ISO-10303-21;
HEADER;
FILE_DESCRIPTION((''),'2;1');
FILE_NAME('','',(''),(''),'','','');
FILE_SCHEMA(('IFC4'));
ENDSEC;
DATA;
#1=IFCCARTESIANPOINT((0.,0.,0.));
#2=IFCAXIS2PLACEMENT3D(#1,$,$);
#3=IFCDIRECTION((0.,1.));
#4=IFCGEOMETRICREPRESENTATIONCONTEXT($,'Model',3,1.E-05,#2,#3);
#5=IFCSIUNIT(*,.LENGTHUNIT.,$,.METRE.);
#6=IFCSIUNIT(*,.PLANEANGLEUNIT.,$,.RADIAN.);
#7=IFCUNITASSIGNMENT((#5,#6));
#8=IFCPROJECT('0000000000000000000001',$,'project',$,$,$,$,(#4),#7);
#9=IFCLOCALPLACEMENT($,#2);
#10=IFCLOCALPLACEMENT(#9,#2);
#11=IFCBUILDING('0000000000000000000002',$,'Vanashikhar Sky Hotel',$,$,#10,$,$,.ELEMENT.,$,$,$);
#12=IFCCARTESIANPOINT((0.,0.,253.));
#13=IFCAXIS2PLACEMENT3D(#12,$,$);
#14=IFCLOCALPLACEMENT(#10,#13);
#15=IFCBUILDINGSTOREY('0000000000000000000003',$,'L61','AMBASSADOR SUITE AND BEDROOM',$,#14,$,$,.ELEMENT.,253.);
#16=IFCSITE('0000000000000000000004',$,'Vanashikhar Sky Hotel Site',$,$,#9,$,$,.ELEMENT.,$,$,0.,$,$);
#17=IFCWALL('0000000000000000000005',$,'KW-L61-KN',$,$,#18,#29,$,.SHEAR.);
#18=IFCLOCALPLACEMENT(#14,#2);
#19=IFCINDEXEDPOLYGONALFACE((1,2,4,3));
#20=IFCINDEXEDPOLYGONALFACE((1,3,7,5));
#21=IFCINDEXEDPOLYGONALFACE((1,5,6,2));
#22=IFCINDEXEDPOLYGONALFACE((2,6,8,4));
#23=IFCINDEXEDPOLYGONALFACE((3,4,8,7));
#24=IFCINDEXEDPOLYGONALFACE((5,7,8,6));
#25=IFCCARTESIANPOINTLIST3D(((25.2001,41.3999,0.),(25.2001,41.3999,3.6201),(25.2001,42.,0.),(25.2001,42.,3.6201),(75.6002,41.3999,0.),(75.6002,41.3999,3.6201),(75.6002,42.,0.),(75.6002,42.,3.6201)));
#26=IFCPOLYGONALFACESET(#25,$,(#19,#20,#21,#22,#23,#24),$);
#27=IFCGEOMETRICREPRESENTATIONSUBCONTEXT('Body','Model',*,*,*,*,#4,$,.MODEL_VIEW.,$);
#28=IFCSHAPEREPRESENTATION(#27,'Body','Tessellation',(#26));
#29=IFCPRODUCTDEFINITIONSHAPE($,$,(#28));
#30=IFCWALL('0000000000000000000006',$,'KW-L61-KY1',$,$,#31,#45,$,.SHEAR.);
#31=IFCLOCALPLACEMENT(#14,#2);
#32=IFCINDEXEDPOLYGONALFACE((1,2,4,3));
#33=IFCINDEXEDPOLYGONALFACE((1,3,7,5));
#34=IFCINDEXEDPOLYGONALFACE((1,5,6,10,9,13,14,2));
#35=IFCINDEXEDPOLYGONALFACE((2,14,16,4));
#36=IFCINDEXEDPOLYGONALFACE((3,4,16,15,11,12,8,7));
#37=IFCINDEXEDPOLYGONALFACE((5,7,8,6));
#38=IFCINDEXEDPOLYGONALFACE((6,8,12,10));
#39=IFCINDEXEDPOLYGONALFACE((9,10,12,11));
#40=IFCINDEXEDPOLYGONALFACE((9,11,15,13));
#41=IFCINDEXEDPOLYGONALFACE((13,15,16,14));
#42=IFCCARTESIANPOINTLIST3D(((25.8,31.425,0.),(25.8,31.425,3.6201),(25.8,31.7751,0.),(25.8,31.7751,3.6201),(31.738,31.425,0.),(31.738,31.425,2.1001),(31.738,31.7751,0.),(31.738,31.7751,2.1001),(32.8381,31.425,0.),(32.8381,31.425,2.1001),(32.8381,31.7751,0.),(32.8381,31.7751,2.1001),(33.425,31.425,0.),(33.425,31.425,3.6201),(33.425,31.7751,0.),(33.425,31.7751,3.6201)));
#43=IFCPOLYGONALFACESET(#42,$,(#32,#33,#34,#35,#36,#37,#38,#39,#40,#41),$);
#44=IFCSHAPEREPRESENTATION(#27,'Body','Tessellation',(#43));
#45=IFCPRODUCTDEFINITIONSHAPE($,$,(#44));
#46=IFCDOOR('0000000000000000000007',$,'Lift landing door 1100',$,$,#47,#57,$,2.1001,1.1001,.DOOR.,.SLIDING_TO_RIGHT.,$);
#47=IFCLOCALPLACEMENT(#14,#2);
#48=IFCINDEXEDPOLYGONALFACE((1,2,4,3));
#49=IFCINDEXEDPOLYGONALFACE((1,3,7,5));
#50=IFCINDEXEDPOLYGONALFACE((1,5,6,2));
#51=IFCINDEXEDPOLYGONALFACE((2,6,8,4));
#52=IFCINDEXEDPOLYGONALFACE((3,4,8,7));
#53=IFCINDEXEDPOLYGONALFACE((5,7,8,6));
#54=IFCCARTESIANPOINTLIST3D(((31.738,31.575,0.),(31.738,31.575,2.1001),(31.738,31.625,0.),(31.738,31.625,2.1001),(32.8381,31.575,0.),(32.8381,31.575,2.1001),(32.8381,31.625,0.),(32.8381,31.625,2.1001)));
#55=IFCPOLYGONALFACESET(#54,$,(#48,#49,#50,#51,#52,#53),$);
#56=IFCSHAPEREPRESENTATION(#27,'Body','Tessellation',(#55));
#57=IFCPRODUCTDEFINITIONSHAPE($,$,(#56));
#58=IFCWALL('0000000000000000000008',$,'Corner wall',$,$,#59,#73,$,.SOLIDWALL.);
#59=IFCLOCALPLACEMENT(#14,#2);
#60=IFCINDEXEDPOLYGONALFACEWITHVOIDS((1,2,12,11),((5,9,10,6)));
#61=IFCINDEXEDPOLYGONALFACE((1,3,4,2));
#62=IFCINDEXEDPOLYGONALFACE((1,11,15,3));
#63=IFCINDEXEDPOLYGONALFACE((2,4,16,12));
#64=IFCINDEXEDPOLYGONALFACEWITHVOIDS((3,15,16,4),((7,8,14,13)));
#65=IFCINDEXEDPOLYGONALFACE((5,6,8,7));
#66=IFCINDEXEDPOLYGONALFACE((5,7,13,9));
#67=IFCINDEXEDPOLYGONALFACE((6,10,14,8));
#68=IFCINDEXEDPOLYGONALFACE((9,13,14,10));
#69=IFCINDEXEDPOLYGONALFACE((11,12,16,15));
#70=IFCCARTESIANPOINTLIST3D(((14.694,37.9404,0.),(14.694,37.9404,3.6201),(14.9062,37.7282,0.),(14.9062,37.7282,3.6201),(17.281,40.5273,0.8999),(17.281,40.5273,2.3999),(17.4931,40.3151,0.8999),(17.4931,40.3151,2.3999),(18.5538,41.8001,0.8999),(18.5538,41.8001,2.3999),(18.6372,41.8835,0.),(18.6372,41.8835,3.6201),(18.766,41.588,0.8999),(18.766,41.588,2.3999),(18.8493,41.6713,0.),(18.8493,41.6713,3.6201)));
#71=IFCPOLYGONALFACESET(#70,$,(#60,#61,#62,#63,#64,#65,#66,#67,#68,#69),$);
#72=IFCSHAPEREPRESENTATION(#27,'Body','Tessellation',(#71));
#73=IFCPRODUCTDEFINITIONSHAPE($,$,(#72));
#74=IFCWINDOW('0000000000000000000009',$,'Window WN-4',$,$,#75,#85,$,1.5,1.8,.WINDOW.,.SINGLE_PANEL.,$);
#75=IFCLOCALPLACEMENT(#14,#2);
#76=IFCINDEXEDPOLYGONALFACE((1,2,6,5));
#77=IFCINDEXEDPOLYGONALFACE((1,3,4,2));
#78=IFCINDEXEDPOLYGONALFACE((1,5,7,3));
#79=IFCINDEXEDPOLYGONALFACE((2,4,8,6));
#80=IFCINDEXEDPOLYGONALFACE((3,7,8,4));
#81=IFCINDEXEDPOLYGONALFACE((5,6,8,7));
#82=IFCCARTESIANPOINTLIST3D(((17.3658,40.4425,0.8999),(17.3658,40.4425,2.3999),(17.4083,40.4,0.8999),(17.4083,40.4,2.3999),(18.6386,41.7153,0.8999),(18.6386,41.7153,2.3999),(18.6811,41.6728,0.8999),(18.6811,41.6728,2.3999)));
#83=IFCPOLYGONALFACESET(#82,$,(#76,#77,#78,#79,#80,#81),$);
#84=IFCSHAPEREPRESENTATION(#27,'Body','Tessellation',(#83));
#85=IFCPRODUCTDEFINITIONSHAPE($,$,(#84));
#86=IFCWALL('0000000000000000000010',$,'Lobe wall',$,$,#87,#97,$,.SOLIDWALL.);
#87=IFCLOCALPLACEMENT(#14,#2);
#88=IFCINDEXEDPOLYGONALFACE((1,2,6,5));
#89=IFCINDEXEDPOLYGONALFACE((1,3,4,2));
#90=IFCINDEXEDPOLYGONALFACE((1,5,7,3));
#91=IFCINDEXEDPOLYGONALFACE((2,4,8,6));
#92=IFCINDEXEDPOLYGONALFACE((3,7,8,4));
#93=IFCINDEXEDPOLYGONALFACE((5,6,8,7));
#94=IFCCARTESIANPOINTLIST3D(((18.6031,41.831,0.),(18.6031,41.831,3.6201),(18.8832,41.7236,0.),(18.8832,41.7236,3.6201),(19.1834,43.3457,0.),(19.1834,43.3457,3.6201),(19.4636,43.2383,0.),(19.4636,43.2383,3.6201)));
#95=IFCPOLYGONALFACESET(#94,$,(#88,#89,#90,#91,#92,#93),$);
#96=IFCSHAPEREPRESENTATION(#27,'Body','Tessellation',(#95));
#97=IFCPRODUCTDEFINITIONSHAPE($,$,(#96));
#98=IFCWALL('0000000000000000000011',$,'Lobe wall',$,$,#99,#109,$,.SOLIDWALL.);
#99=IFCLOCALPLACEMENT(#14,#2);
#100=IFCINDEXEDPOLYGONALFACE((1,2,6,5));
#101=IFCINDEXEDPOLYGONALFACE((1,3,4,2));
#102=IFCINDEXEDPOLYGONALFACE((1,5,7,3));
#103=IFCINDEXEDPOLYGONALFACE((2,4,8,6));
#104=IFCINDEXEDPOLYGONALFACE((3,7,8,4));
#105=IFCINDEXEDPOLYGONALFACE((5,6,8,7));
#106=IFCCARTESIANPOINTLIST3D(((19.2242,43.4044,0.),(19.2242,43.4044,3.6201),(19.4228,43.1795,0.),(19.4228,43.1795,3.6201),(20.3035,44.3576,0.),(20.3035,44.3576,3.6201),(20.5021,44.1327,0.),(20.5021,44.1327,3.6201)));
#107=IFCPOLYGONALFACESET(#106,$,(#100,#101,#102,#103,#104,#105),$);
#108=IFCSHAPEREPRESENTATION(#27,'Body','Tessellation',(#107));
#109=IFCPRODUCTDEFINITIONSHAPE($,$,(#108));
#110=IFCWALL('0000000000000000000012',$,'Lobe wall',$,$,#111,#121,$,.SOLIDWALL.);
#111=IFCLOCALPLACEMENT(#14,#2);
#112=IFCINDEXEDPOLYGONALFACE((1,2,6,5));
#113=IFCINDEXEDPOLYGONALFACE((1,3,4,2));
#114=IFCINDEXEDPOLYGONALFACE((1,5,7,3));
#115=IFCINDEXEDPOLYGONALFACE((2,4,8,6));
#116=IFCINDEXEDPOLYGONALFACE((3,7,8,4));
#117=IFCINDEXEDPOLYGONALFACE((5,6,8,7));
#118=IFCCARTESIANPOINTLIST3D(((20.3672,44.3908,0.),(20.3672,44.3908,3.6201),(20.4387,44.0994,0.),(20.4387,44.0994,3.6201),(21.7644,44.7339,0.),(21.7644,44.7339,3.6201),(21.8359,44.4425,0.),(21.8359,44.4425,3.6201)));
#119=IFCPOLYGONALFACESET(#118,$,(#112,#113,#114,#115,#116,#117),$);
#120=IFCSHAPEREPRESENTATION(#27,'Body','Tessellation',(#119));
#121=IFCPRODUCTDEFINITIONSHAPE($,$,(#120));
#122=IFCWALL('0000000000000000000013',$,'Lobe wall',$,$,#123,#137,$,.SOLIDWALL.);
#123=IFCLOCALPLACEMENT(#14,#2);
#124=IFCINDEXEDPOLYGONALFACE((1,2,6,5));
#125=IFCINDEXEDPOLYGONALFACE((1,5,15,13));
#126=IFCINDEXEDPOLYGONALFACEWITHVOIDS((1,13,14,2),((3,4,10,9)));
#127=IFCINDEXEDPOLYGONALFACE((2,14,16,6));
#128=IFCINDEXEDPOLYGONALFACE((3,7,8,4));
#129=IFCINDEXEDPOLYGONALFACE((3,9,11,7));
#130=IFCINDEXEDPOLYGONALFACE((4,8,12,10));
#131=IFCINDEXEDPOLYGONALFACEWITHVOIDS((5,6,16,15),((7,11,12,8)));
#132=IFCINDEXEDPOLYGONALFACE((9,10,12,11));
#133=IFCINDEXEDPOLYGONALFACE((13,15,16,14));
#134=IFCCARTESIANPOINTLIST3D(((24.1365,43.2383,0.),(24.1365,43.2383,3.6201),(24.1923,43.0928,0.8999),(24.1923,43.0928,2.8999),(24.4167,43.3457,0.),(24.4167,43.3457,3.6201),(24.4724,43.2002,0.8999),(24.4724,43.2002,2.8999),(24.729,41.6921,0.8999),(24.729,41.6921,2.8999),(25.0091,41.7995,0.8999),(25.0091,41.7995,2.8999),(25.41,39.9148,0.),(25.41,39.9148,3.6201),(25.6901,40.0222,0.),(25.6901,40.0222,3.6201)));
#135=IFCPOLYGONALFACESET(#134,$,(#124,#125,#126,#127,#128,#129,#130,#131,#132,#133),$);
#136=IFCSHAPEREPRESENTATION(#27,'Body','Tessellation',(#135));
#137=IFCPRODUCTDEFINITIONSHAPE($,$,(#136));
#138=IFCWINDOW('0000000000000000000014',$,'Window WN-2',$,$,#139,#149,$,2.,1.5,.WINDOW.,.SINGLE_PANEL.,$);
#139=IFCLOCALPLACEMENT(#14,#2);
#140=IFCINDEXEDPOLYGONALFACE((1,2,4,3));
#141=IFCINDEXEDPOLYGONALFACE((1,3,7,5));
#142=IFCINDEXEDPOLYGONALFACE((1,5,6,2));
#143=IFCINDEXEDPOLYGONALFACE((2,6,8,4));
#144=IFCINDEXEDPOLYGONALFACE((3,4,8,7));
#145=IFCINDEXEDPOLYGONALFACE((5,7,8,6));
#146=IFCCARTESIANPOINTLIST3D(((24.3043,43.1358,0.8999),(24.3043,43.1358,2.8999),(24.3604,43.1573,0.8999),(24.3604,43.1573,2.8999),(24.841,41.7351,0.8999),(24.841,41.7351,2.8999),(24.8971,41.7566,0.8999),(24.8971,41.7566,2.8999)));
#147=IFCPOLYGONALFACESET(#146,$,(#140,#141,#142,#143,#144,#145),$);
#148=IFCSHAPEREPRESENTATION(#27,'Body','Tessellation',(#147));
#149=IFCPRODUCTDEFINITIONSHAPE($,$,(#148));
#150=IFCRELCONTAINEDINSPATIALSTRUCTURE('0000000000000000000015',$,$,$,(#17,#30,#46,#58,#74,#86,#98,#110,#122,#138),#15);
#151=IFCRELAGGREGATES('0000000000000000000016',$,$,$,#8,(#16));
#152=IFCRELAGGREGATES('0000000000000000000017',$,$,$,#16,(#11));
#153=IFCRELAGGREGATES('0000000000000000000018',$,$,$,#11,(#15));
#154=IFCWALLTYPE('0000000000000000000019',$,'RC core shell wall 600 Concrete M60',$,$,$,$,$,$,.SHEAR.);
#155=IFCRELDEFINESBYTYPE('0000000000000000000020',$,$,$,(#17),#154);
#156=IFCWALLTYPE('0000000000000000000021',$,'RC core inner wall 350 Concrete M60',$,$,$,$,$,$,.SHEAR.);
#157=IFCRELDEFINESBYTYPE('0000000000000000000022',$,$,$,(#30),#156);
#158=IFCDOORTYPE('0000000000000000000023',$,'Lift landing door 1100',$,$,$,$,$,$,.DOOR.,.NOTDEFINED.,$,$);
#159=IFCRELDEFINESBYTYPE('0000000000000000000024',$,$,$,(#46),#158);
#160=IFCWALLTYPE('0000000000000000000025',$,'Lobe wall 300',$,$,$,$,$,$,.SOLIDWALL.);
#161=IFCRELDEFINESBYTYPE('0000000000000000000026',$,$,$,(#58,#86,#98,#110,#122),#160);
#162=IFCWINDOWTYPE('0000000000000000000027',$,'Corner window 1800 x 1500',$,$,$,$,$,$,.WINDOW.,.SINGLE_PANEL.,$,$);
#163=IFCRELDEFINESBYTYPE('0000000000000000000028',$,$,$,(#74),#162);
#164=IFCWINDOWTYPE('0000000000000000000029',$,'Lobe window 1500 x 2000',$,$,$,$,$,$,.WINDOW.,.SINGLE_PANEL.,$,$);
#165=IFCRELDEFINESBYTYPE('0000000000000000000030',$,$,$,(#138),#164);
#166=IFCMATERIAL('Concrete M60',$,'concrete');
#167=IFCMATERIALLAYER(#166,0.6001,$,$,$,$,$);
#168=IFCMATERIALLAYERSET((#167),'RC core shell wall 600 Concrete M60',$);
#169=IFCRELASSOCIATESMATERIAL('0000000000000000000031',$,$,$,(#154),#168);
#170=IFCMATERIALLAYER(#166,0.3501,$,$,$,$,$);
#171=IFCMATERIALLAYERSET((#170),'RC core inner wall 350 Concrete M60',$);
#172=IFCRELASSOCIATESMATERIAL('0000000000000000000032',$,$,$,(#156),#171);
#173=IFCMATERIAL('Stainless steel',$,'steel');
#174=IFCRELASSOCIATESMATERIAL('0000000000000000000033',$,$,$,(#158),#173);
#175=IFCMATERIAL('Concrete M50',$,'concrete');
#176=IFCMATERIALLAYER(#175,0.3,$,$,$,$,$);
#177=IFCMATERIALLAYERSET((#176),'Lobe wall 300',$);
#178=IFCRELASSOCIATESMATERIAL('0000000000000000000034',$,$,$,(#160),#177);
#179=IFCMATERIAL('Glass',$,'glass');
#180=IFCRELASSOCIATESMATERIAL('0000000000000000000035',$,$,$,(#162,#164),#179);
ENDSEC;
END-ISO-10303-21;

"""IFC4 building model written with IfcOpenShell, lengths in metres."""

from ifc_helpers import new_model, si_unit, direction, frame, frame_2d, origin, place, context, subcontext, project, spatial, rectangle, extrude, source, transform, mapped, material, layer, layer_set, type_object, element, fill, save


model = new_model("IFC4")

# Units and contexts
model_context = context("Model", 3, precision=1e-05, world=origin(), true_north=direction((0.0, 1.0)))
body_context = subcontext(model_context, "Body", "Model", "MODEL_VIEW")
ifc_project = project(units=[si_unit("LENGTHUNIT", "METRE"), si_unit("PLANEANGLEUNIT", "RADIAN")], contexts=[model_context])

# Site, building, storey
site_placement = place(None, origin())
site = spatial("IfcSite", under=ifc_project, at=site_placement, Name="Vanashikhar Sky Hotel Site", CompositionType="ELEMENT", RefElevation=0.0)
building_placement = place(site_placement, origin())
building = spatial("IfcBuilding", under=site, at=building_placement, Name="Vanashikhar Sky Hotel", CompositionType="ELEMENT")
storey_placement = place(building_placement, frame((0.0, 0.0, 253.0)))
storey = spatial("IfcBuildingStorey", under=building, at=storey_placement, Name="L61", Description="AMBASSADOR SUITE AND BEDROOM", CompositionType="ELEMENT", Elevation=253.0)

# Wall
ifc_material_1 = material(Name="Concrete M60", Category="concrete")
ifc_layer_1 = layer(ifc_material_1, 0.6001)
ifc_layer_set_1 = layer_set([ifc_layer_1], Name="RC core shell wall 600 Concrete M60")
wall_type_1 = type_object("IfcWallType", Name="RC core shell wall 600 Concrete M60", PredefinedType="SHEAR", material=ifc_layer_set_1)
shared_shape_1 = source(origin(), body_context, "Body", "SweptSolid", [
    extrude(rectangle(XDim=50.4001, YDim=0.6001, at=frame_2d((25.2002, 0.0))), origin(), (0.0, 0.0, 1.0), 3.6201),
])
wall_1_placement = place(storey_placement, frame((25.2, 41.7, 0.0), z_axis=(0.0, 0.0, 1.0), x_axis=(1.0, 0.0, 0.0)))
element("IfcWall", 1, at=wall_1_placement, inside=storey, type_object=wall_type_1, Name="KW-L61-KN", PredefinedType="SHEAR", context=body_context, shape_type="MappedRepresentation", body=[
    mapped(shared_shape_1, transform((0.0, 0.0, 0.0), scale=1.0)),
])

# Wall, opening, door
ifc_layer_2 = layer(ifc_material_1, 0.3501)
ifc_layer_set_2 = layer_set([ifc_layer_2], Name="RC core inner wall 350 Concrete M60")
wall_type_2 = type_object("IfcWallType", Name="RC core inner wall 350 Concrete M60", PredefinedType="SHEAR", material=ifc_layer_set_2)
shared_shape_2 = source(origin(), body_context, "Body", "SweptSolid", [
    extrude(rectangle(XDim=7.625, YDim=0.3501, at=frame_2d((3.8125, 0.0))), origin(), (0.0, 0.0, 1.0), 3.6201),
])
wall_2_placement = place(storey_placement, frame((25.8, 31.6001, 0.0), z_axis=(0.0, 0.0, 1.0), x_axis=(1.0, 0.0, 0.0)))
wall_2 = element("IfcWall", 2, at=wall_2_placement, inside=storey, type_object=wall_type_2, Name="KW-L61-KY1", PredefinedType="SHEAR", context=body_context, shape_type="MappedRepresentation", body=[
    mapped(shared_shape_2, transform((0.0, 0.0, 0.0), scale=1.0)),
])
shared_shape_3 = source(origin(), body_context, "Body", "SweptSolid", [
    extrude(rectangle(XDim=1.1001, YDim=2.1001, at=frame_2d((0.55, 1.05))), frame((0.0, 0.1851, 0.0), z_axis=(0.0, -1.0, 0.0), x_axis=(1.0, 0.0, 0.0)), (0.0, 0.0, 1.0), 0.3701),
])
opening_1_placement = place(wall_2_placement, frame((5.938, 0.0, 0.0)))
opening_1 = element("IfcOpeningElement", 3, at=opening_1_placement, cuts=wall_2, PredefinedType="OPENING", context=body_context, shape_type="MappedRepresentation", body=[
    mapped(shared_shape_3, transform((0.0, 0.0, 0.0), scale=1.0)),
])
ifc_material_2 = material(Name="Stainless steel", Category="steel")
door_type_1 = type_object("IfcDoorType", Name="Lift landing door 1100", OperationType="NOTDEFINED", PredefinedType="DOOR", material=ifc_material_2)
shared_shape_4 = source(origin(), body_context, "Body", "SweptSolid", [
    extrude(rectangle(XDim=1.1001, YDim=2.1001, at=frame_2d((0.55, 1.05))), frame((0.0, 0.0249, 0.0), z_axis=(0.0, -1.0, 0.0), x_axis=(1.0, 0.0, 0.0)), (0.0, 0.0, 1.0), 0.05),
])
door_1_placement = place(opening_1_placement, origin())
door_1 = element("IfcDoor", 4, at=door_1_placement, inside=storey, type_object=door_type_1, Name="Lift landing door 1100", OperationType="SLIDING_TO_RIGHT", OverallHeight=2.1001, OverallWidth=1.1001, PredefinedType="DOOR", context=body_context, shape_type="MappedRepresentation", body=[
    mapped(shared_shape_4, transform((0.0, 0.0, 0.0), scale=1.0)),
])
fill(opening_1, door_1)

# Wall, opening, window
ifc_material_3 = material(Name="Concrete M50", Category="concrete")
ifc_layer_3 = layer(ifc_material_3, 0.3)
ifc_layer_set_3 = layer_set([ifc_layer_3], Name="Lobe wall 300")
wall_type_3 = type_object("IfcWallType", Name="Lobe wall 300", PredefinedType="SOLIDWALL", material=ifc_layer_set_3)
shared_shape_5 = source(origin(), body_context, "Body", "SweptSolid", [
    extrude(rectangle(XDim=5.5764, YDim=0.3, at=frame_2d((2.7881, 0.0))), origin(), (0.0, 0.0, 1.0), 3.6201),
])
wall_3_placement = place(storey_placement, frame((18.7432, 41.7773, 0.0), z_axis=(0.0, 0.0, 1.0), x_axis=(-0.707107, -0.707107, 0.0)))
wall_3 = element("IfcWall", 5, at=wall_3_placement, inside=storey, type_object=wall_type_3, Name="Corner wall", PredefinedType="SOLIDWALL", context=body_context, shape_type="MappedRepresentation", body=[
    mapped(shared_shape_5, transform((0.0, 0.0, 0.0), scale=1.0)),
])
shared_shape_6 = source(origin(), body_context, "Body", "SweptSolid", [
    extrude(rectangle(XDim=1.8, YDim=1.5, at=frame_2d((0.8999, 0.75))), frame((0.0, 0.1602, 0.0), z_axis=(0.0, -1.0, 0.0), x_axis=(1.0, 0.0, 0.0)), (0.0, 0.0, 1.0), 0.3201),
])
opening_2_placement = place(wall_3_placement, frame((0.1179, 0.0, 0.8999)))
opening_2 = element("IfcOpeningElement", 6, at=opening_2_placement, cuts=wall_3, PredefinedType="OPENING", context=body_context, shape_type="MappedRepresentation", body=[
    mapped(shared_shape_6, transform((0.0, 0.0, 0.0), scale=1.0)),
])
ifc_material_4 = material(Name="Glass", Category="glass")
window_type_1 = type_object("IfcWindowType", Name="Corner window 1800 x 1500", PartitioningType="SINGLE_PANEL", PredefinedType="WINDOW", material=ifc_material_4)
shared_shape_7 = source(origin(), body_context, "Body", "SweptSolid", [
    extrude(rectangle(XDim=1.8, YDim=1.5, at=frame_2d((0.8999, 0.75))), frame((0.0, 0.03, 0.0), z_axis=(0.0, -1.0, 0.0), x_axis=(1.0, 0.0, 0.0)), (0.0, 0.0, 1.0), 0.0601),
])
window_1_placement = place(opening_2_placement, origin())
window_1 = element("IfcWindow", 7, at=window_1_placement, inside=storey, type_object=window_type_1, Name="Window WN-4", OverallHeight=1.5, OverallWidth=1.8, PartitioningType="SINGLE_PANEL", PredefinedType="WINDOW", context=body_context, shape_type="MappedRepresentation", body=[
    mapped(shared_shape_7, transform((0.0, 0.0, 0.0), scale=1.0)),
])
fill(opening_2, window_1)

# Walls
shared_shape_8 = source(origin(), body_context, "Body", "SweptSolid", [
    extrude(rectangle(XDim=1.6221, YDim=0.3, at=frame_2d((0.811, 0.0))), origin(), (0.0, 0.0, 1.0), 3.6201),
])
wall_4_placement = place(storey_placement, frame((19.3235, 43.292, 0.0), z_axis=(0.0, 0.0, 1.0), x_axis=(-0.357779, -0.933806, 0.0)))
element("IfcWall", 8, at=wall_4_placement, inside=storey, type_object=wall_type_3, Name="Lobe wall", PredefinedType="SOLIDWALL", context=body_context, shape_type="MappedRepresentation", body=[
    mapped(shared_shape_8, transform((0.0, 0.0, 0.0), scale=1.0)),
])
shared_shape_9 = source(origin(), body_context, "Body", "SweptSolid", [
    extrude(rectangle(XDim=1.4399, YDim=0.3, at=frame_2d((0.72, 0.0))), origin(), (0.0, 0.0, 1.0), 3.6201),
])
wall_5_placement = place(storey_placement, frame((20.4028, 44.2451, 0.0), z_axis=(0.0, 0.0, 1.0), x_axis=(-0.749576, -0.661919, 0.0)))
element("IfcWall", 9, at=wall_5_placement, inside=storey, type_object=wall_type_3, Name="Lobe wall", PredefinedType="SOLIDWALL", context=body_context, shape_type="MappedRepresentation", body=[
    mapped(shared_shape_9, transform((0.0, 0.0, 0.0), scale=1.0)),
])
shared_shape_10 = source(origin(), body_context, "Body", "SweptSolid", [
    extrude(rectangle(XDim=1.4387, YDim=0.3, at=frame_2d((0.7192, 0.0))), origin(), (0.0, 0.0, 1.0), 3.6201),
])
wall_6_placement = place(storey_placement, frame((21.8, 44.5881, 0.0), z_axis=(0.0, 0.0, 1.0), x_axis=(-0.971162, -0.238421, 0.0)))
element("IfcWall", 10, at=wall_6_placement, inside=storey, type_object=wall_type_3, Name="Lobe wall", PredefinedType="SOLIDWALL", context=body_context, shape_type="MappedRepresentation", body=[
    mapped(shared_shape_10, transform((0.0, 0.0, 0.0), scale=1.0)),
])

# Wall, opening, window
shared_shape_11 = source(origin(), body_context, "Body", "SweptSolid", [
    extrude(rectangle(XDim=3.5591, YDim=0.3, at=frame_2d((1.7795, 0.0))), origin(), (0.0, 0.0, 1.0), 3.6201),
])
wall_7_placement = place(storey_placement, frame((25.55, 39.9685, 0.0), z_axis=(0.0, 0.0, 1.0), x_axis=(-0.357797, 0.933799, 0.0)))
wall_7 = element("IfcWall", 11, at=wall_7_placement, inside=storey, type_object=wall_type_3, Name="Lobe wall", PredefinedType="SOLIDWALL", context=body_context, shape_type="MappedRepresentation", body=[
    mapped(shared_shape_11, transform((0.0, 0.0, 0.0), scale=1.0)),
])
shared_shape_12 = source(origin(), body_context, "Body", "SweptSolid", [
    extrude(rectangle(XDim=1.5, YDim=2.0, at=frame_2d((0.75, 1.0))), frame((0.0, 0.1602, 0.0), z_axis=(0.0, -1.0, 0.0), x_axis=(1.0, 0.0, 0.0)), (0.0, 0.0, 1.0), 0.3201),
])
opening_3_placement = place(wall_7_placement, frame((1.9033, 0.0, 0.8999)))
opening_3 = element("IfcOpeningElement", 12, at=opening_3_placement, cuts=wall_7, PredefinedType="OPENING", context=body_context, shape_type="MappedRepresentation", body=[
    mapped(shared_shape_12, transform((0.0, 0.0, 0.0), scale=1.0)),
])
window_type_2 = type_object("IfcWindowType", Name="Lobe window 1500 x 2000", PartitioningType="SINGLE_PANEL", PredefinedType="WINDOW", material=ifc_material_4)
shared_shape_13 = source(origin(), body_context, "Body", "SweptSolid", [
    extrude(rectangle(XDim=1.5, YDim=2.0, at=frame_2d((0.75, 1.0))), frame((0.0, 0.03, 0.0), z_axis=(0.0, -1.0, 0.0), x_axis=(1.0, 0.0, 0.0)), (0.0, 0.0, 1.0), 0.0601),
])
window_2_placement = place(opening_3_placement, origin())
window_2 = element("IfcWindow", 13, at=window_2_placement, inside=storey, type_object=window_type_2, Name="Window WN-2", OverallHeight=2.0, OverallWidth=1.5, PartitioningType="SINGLE_PANEL", PredefinedType="WINDOW", context=body_context, shape_type="MappedRepresentation", body=[
    mapped(shared_shape_13, transform((0.0, 0.0, 0.0), scale=1.0)),
])
fill(opening_3, window_2)

save(model, "model.ifc")
